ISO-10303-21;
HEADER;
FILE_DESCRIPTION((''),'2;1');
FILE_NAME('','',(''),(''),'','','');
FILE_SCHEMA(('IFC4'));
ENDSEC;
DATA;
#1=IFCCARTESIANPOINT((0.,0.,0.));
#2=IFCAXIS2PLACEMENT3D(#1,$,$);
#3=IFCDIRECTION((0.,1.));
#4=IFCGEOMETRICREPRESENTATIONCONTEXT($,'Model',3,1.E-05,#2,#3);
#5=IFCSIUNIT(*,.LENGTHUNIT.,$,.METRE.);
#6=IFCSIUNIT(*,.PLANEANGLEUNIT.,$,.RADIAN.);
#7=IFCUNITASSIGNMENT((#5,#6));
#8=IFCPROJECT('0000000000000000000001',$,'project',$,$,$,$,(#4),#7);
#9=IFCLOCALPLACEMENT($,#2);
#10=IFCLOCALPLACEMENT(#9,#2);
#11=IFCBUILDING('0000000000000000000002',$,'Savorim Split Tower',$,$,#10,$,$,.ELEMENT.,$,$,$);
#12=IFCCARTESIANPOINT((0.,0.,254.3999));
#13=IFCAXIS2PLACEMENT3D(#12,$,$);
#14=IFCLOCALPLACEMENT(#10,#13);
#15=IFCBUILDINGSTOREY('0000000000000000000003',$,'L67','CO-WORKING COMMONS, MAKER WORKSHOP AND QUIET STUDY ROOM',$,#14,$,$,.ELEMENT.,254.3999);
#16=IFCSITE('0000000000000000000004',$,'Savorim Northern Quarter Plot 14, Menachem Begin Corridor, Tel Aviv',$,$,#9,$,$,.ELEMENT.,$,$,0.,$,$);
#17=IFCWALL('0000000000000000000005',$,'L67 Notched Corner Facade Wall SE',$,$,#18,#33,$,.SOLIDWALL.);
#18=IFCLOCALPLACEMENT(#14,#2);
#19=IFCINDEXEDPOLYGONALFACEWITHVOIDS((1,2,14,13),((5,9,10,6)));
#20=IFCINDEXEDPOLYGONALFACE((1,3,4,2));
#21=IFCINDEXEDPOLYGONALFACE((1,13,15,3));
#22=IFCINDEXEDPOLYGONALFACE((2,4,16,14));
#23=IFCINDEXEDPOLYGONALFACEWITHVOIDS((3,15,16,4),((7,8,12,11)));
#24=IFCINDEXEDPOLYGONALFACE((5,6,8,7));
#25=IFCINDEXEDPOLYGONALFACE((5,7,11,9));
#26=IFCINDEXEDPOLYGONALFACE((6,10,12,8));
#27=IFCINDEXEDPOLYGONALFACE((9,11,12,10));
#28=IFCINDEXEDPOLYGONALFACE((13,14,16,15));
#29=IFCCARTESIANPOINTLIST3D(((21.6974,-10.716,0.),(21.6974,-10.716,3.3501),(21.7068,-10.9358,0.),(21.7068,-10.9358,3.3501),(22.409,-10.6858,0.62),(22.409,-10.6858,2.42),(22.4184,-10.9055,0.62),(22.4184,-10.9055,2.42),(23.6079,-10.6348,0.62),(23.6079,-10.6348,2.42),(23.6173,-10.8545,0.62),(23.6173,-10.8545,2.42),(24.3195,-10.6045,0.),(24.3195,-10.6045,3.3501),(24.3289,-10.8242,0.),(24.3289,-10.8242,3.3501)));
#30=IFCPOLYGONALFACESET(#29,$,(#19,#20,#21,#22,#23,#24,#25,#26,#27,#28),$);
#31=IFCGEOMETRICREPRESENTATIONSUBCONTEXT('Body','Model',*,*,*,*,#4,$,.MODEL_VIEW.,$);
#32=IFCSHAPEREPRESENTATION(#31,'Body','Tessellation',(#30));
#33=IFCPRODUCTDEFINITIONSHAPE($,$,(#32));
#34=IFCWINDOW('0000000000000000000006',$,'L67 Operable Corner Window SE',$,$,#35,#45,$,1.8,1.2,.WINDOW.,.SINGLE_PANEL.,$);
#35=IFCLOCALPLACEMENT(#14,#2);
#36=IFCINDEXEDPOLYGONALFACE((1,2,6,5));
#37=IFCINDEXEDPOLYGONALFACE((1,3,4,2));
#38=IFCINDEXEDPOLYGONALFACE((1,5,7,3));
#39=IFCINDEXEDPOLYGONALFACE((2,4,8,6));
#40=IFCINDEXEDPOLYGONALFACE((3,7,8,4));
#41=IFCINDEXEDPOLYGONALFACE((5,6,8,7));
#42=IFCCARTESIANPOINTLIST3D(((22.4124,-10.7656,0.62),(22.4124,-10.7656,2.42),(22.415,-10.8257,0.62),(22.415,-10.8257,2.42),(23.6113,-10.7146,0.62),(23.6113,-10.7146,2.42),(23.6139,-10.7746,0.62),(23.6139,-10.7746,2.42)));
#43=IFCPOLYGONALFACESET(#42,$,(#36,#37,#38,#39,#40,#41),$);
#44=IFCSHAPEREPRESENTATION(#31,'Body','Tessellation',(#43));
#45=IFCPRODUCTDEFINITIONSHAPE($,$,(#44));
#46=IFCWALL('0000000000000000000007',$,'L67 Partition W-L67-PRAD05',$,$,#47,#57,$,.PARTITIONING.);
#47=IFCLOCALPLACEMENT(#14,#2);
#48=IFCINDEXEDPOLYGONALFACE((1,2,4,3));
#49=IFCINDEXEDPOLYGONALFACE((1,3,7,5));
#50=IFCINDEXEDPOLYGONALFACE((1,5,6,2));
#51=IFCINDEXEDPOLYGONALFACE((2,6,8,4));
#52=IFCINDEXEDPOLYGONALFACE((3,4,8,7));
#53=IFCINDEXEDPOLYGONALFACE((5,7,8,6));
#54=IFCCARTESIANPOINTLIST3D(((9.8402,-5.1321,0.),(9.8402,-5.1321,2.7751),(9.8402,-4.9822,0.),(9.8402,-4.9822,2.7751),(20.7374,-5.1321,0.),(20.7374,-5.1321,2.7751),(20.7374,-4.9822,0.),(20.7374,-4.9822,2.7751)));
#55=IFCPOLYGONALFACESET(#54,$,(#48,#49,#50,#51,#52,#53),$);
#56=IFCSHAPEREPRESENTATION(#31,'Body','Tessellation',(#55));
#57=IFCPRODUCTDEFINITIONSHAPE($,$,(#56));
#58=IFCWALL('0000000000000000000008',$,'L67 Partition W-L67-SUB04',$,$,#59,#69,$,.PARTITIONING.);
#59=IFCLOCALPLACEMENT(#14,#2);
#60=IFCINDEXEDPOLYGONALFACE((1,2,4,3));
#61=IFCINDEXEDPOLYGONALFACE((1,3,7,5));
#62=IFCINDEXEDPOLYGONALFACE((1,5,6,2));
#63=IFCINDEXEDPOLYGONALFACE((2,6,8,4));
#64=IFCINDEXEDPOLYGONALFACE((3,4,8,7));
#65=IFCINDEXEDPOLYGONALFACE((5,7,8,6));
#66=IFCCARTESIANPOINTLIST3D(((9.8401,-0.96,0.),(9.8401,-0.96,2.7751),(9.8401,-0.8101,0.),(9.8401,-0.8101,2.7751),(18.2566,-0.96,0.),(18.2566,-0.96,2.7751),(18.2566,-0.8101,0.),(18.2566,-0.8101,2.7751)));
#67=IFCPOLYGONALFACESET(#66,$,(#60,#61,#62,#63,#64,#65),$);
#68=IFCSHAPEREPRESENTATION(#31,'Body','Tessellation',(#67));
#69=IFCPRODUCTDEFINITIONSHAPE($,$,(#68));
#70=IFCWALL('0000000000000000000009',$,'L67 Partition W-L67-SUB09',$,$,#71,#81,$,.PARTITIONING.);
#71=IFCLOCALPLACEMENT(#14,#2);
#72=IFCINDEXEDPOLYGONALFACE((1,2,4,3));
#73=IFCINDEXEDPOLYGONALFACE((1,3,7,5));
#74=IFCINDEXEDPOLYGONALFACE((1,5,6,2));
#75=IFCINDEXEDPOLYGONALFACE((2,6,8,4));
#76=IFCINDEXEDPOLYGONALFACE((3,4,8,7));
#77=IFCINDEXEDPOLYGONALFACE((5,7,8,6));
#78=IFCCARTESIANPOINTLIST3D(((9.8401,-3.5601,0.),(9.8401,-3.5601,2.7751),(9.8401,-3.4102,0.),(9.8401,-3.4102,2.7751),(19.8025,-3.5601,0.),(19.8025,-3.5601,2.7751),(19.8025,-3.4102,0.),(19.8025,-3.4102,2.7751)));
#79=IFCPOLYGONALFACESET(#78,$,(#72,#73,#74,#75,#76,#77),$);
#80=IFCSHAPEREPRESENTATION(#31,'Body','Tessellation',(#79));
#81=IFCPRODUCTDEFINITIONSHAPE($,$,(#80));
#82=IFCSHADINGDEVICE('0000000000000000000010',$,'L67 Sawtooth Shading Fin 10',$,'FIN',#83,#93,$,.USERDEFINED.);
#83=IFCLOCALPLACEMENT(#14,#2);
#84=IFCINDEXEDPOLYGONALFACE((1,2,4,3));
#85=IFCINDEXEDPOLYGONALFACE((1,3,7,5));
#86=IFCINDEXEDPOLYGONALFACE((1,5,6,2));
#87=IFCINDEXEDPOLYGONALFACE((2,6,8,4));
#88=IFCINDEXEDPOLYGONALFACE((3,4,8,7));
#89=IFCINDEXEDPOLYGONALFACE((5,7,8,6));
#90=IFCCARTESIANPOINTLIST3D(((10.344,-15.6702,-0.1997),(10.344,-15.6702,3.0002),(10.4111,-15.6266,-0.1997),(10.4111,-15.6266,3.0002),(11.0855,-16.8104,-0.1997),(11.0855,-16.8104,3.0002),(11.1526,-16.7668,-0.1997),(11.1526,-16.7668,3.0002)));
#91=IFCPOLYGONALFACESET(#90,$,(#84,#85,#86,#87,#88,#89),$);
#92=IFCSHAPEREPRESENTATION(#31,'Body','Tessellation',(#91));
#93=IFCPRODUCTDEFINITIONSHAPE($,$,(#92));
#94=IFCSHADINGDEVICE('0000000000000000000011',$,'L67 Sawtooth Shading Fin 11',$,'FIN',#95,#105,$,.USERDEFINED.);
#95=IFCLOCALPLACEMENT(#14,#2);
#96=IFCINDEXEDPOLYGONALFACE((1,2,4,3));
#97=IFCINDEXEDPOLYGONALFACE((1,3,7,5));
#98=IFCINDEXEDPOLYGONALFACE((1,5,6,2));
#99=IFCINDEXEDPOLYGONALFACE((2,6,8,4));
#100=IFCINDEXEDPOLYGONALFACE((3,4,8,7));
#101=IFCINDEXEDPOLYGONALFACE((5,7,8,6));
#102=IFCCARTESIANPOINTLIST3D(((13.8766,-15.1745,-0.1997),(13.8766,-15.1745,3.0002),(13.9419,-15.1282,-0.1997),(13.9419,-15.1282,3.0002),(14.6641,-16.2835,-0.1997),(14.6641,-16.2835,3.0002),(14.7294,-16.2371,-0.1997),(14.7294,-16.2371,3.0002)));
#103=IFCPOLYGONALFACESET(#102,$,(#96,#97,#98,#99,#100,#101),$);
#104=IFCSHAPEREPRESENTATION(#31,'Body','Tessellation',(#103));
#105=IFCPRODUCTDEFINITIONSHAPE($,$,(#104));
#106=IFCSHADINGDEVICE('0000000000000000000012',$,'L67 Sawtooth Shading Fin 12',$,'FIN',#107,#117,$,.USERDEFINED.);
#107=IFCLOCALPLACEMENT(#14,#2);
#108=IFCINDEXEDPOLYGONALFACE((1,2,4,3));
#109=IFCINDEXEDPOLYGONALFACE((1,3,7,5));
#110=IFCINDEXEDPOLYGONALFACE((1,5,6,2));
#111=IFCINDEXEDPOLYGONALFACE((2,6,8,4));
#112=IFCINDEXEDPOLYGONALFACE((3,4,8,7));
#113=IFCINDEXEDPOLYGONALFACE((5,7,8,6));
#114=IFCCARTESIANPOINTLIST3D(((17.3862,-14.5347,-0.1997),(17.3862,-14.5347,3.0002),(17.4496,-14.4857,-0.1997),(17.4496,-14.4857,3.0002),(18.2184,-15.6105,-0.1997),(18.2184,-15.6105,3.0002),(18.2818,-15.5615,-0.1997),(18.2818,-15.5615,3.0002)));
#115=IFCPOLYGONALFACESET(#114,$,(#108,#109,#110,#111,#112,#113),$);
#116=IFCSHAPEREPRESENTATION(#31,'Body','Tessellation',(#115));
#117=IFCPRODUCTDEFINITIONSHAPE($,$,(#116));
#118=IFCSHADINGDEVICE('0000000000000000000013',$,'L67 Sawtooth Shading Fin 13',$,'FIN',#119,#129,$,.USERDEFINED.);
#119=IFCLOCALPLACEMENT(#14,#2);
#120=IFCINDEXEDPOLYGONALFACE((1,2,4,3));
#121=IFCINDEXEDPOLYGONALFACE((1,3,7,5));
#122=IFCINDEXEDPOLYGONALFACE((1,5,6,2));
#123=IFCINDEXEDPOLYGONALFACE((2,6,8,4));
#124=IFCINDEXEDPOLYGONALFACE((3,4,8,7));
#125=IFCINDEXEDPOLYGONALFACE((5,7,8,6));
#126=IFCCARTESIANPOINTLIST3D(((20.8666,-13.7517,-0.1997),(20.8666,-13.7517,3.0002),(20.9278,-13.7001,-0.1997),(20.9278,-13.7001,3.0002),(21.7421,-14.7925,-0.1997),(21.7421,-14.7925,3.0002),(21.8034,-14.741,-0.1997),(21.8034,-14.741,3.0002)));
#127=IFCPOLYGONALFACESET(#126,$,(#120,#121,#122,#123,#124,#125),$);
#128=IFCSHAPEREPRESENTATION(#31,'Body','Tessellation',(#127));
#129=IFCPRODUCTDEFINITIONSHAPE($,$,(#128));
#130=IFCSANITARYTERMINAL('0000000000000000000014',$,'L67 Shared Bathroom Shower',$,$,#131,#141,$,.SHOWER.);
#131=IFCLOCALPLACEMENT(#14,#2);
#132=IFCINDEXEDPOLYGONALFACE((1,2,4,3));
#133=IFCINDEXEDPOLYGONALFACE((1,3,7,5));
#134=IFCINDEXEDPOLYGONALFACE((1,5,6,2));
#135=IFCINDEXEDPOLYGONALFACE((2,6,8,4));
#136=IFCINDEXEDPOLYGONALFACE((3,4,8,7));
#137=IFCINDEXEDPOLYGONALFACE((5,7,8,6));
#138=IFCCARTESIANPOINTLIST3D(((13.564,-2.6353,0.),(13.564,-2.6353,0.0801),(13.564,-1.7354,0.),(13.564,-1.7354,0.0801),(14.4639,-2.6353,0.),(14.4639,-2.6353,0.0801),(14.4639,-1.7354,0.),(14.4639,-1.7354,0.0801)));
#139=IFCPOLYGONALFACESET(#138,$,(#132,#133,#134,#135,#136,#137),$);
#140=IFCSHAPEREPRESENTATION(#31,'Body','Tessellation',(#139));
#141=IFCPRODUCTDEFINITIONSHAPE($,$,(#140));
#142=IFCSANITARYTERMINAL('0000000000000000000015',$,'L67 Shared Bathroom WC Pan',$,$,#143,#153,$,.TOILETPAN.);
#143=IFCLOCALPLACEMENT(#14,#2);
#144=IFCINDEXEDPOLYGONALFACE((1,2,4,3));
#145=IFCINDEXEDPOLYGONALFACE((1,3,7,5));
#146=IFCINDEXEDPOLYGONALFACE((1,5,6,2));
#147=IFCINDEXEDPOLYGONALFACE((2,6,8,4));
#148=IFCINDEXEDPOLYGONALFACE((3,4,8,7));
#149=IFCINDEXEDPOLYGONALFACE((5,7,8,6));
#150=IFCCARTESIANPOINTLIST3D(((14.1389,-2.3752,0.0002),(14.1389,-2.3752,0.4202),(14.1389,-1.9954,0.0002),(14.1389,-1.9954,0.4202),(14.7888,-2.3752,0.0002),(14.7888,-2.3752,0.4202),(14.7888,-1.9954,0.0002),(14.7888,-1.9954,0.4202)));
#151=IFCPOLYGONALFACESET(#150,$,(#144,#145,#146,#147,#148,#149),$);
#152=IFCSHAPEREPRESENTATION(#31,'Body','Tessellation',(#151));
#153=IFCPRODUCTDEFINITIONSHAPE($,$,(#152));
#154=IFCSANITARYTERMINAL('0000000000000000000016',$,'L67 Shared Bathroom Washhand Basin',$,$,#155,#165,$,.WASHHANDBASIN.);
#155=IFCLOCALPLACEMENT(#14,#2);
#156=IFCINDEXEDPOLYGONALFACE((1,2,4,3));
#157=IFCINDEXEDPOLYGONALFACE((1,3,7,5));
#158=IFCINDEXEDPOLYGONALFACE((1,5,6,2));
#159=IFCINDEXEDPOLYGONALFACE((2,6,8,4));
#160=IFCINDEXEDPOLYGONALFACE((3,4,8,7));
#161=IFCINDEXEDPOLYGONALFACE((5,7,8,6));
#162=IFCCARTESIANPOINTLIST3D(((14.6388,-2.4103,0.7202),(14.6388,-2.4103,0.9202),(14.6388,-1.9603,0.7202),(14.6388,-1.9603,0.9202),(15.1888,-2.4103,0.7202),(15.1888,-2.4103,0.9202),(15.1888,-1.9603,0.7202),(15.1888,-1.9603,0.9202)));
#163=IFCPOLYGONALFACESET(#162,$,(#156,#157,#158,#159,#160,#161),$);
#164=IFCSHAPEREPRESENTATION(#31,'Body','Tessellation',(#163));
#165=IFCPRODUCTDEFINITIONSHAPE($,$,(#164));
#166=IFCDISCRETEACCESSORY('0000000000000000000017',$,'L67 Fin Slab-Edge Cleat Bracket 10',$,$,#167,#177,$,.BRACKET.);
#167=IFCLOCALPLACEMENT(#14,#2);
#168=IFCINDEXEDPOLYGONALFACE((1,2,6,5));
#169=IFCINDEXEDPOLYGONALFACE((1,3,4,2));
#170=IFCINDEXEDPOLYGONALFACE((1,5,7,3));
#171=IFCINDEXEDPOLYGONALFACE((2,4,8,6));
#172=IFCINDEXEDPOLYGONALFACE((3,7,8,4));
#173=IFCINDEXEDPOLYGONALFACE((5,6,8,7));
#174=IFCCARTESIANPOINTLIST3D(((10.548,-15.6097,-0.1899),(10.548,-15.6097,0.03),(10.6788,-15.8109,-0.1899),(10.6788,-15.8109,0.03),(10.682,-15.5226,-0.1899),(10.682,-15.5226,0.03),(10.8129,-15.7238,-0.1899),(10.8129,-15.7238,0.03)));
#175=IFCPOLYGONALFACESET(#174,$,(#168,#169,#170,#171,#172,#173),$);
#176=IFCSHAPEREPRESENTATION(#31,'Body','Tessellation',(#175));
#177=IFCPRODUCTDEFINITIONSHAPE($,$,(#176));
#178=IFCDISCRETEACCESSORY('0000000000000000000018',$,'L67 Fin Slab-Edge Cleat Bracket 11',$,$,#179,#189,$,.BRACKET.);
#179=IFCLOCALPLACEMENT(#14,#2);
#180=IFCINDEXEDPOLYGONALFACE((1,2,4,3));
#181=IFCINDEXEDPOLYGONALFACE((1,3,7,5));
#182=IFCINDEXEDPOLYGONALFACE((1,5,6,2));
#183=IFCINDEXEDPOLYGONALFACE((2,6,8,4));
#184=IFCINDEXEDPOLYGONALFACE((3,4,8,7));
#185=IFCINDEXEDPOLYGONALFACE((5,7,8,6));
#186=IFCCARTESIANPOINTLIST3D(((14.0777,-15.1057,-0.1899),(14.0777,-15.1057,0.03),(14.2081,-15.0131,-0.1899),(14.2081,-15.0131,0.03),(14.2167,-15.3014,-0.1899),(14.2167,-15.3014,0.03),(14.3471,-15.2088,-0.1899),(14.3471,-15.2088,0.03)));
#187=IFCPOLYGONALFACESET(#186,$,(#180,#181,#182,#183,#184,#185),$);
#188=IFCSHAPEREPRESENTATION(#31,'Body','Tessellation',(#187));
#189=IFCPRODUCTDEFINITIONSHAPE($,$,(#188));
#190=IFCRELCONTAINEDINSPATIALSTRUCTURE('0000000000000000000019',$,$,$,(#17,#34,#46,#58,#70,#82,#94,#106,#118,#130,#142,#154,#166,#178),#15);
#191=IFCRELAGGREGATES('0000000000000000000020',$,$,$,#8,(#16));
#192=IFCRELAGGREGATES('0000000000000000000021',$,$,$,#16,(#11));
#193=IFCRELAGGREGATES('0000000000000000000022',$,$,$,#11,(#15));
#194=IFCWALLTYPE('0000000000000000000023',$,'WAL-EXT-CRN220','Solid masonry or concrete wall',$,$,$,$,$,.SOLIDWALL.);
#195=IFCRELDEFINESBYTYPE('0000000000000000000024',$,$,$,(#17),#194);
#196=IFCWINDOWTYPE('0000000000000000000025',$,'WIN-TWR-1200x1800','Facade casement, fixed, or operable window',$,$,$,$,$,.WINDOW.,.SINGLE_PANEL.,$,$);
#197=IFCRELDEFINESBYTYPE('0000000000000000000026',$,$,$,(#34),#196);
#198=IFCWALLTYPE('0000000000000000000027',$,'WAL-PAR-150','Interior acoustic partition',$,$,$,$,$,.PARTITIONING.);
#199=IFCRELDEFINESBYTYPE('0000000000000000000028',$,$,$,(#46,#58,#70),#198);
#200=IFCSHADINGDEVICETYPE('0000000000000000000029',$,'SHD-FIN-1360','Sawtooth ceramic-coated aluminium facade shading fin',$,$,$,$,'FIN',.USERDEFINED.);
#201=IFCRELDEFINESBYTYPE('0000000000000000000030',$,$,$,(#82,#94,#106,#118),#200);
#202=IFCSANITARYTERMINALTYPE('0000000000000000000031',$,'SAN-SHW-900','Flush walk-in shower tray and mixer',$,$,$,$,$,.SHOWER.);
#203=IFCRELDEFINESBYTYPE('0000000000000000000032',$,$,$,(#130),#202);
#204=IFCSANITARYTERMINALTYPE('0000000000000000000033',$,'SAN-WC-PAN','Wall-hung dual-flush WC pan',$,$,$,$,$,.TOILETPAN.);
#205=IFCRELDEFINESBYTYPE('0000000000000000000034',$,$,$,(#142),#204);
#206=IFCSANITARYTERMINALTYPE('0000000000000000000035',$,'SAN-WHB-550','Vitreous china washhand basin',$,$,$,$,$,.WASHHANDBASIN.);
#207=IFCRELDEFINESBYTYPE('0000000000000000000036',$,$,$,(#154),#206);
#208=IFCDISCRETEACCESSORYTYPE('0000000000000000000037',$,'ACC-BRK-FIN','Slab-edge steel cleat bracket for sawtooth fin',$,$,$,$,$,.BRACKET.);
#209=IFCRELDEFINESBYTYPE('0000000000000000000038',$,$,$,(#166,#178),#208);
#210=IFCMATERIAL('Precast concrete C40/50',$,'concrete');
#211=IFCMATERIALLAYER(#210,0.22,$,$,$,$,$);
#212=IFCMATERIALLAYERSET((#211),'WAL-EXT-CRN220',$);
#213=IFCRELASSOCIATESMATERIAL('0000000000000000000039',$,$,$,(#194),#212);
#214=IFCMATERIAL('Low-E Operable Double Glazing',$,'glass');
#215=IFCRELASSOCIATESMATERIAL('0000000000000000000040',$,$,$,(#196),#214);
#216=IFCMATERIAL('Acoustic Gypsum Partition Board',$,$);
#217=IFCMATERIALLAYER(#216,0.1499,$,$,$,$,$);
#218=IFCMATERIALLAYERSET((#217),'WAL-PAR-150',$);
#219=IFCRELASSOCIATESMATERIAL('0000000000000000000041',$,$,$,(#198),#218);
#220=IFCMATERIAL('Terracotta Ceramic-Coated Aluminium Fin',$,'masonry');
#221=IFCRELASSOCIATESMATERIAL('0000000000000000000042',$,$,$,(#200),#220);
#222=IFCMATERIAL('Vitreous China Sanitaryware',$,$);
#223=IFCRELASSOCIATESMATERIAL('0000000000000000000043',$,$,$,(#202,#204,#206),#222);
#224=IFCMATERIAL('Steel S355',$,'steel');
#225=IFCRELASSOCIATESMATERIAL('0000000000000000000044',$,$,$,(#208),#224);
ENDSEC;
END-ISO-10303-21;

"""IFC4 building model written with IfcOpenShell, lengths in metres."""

from ifc_helpers import new_model, si_unit, direction, frame, frame_2d, origin, origin_2d, place, context, subcontext, project, spatial, rectangle, extrude, material, layer, layer_set, type_object, element, fill, save


model = new_model("IFC4")

# Units and contexts
model_context = context("Model", 3, precision=1e-05, world=origin(), true_north=direction((0.0, 1.0)))
body_context = subcontext(model_context, "Body", "Model", "MODEL_VIEW")
ifc_project = project(units=[si_unit("LENGTHUNIT", "METRE"), si_unit("PLANEANGLEUNIT", "RADIAN")], contexts=[model_context])

# Site, building, storey
site_placement = place(None, origin())
site = spatial("IfcSite", under=ifc_project, at=site_placement, Name="Savorim Northern Quarter Plot 14, Menachem Begin Corridor, Tel Aviv", CompositionType="ELEMENT", RefElevation=0.0)
building_placement = place(site_placement, origin())
building = spatial("IfcBuilding", under=site, at=building_placement, Name="Savorim Split Tower", CompositionType="ELEMENT")
storey_placement = place(building_placement, frame((0.0, 0.0, 254.3999)))
storey = spatial("IfcBuildingStorey", under=building, at=storey_placement, Name="L67", Description="CO-WORKING COMMONS, MAKER WORKSHOP AND QUIET STUDY ROOM", CompositionType="ELEMENT", Elevation=254.3999)

# Shared definitions
ifc_material_1 = material(Name="Steel S355", Category="steel")

# Shared definitions
ifc_material_2 = material(Name="Precast concrete C40/50", Category="concrete")
ifc_layer_1 = layer(ifc_material_2, 0.22)
ifc_layer_set_1 = layer_set([ifc_layer_1], Name="WAL-EXT-CRN220")
wall_type_1 = type_object("IfcWallType", Name="WAL-EXT-CRN220", Description="Solid masonry or concrete wall", PredefinedType="SOLIDWALL", material=ifc_layer_set_1)

# Wall, opening, window
wall_1_placement = place(storey_placement, frame((24.3242, -10.7144, 0.0), z_axis=(0.0, 0.0, 1.0), x_axis=(-0.999096, -0.042513, 0.0)))
wall_1 = element("IfcWall", 1, at=wall_1_placement, inside=storey, type_object=wall_type_1, Name="L67 Notched Corner Facade Wall SE", PredefinedType="SOLIDWALL", context=body_context, shape_type="SweptSolid", body=[
    extrude(rectangle(XDim=2.6245, YDim=0.22, at=frame_2d((1.3123, 0.0))), origin(), (0.0, 0.0, 1.0), 3.3501),
])
opening_placement = place(wall_1_placement, frame((0.7122, 0.0, 0.6201)))
opening = element("IfcOpeningElement", 2, at=opening_placement, cuts=wall_1, PredefinedType="OPENING", context=body_context, shape_type="SweptSolid", body=[
    extrude(rectangle(XDim=1.2, YDim=1.8, at=frame_2d((0.6001, 0.8999))), frame((0.0, 0.1199, 0.0), z_axis=(0.0, -1.0, 0.0), x_axis=(1.0, 0.0, 0.0)), (0.0, 0.0, 1.0), 0.24),
])
ifc_material_3 = material(Name="Low-E Operable Double Glazing", Category="glass")
window_type = type_object("IfcWindowType", Name="WIN-TWR-1200x1800", Description="Facade casement, fixed, or operable window", PartitioningType="SINGLE_PANEL", PredefinedType="WINDOW", material=ifc_material_3)
window_placement = place(opening_placement, origin())
window = element("IfcWindow", 3, at=window_placement, inside=storey, type_object=window_type, Name="L67 Operable Corner Window SE", OverallHeight=1.8, OverallWidth=1.2, PartitioningType="SINGLE_PANEL", PredefinedType="WINDOW", context=body_context, shape_type="SweptSolid", body=[
    extrude(rectangle(XDim=1.2, YDim=1.8, at=frame_2d((0.6001, 0.8999))), frame((0.0, 0.03, 0.0), z_axis=(0.0, -1.0, 0.0), x_axis=(1.0, 0.0, 0.0)), (0.0, 0.0, 1.0), 0.0601),
])
fill(opening, window)

# Walls
ifc_material_4 = material(Name="Acoustic Gypsum Partition Board")
ifc_layer_2 = layer(ifc_material_4, 0.1499)
ifc_layer_set_2 = layer_set([ifc_layer_2], Name="WAL-PAR-150")
wall_type_2 = type_object("IfcWallType", Name="WAL-PAR-150", Description="Interior acoustic partition", PredefinedType="PARTITIONING", material=ifc_layer_set_2)
wall_2_placement = place(storey_placement, frame((9.8401, -5.0571, 0.0), z_axis=(0.0, 0.0, 1.0), x_axis=(1.0, 0.0, 0.0)))
element("IfcWall", 4, at=wall_2_placement, inside=storey, type_object=wall_type_2, Name="L67 Partition W-L67-PRAD05", PredefinedType="PARTITIONING", context=body_context, shape_type="SweptSolid", body=[
    extrude(rectangle(XDim=10.8972, YDim=0.1499, at=frame_2d((5.4487, 0.0))), origin(), (0.0, 0.0, 1.0), 2.7751),
])
wall_3_placement = place(storey_placement, frame((9.8401, -0.885, 0.0), z_axis=(0.0, 0.0, 1.0), x_axis=(1.0, 0.0, 0.0)))
element("IfcWall", 5, at=wall_3_placement, inside=storey, type_object=wall_type_2, Name="L67 Partition W-L67-SUB04", PredefinedType="PARTITIONING", context=body_context, shape_type="SweptSolid", body=[
    extrude(rectangle(XDim=8.4165, YDim=0.1499, at=frame_2d((4.2083, 0.0))), origin(), (0.0, 0.0, 1.0), 2.7751),
])
wall_4_placement = place(storey_placement, frame((9.8401, -3.4851, 0.0), z_axis=(0.0, 0.0, 1.0), x_axis=(1.0, 0.0, 0.0)))
element("IfcWall", 6, at=wall_4_placement, inside=storey, type_object=wall_type_2, Name="L67 Partition W-L67-SUB09", PredefinedType="PARTITIONING", context=body_context, shape_type="SweptSolid", body=[
    extrude(rectangle(XDim=9.9624, YDim=0.1499, at=frame_2d((4.9812, 0.0))), origin(), (0.0, 0.0, 1.0), 2.7751),
])

# Shading devices
ifc_material_5 = material(Name="Terracotta Ceramic-Coated Aluminium Fin", Category="masonry")
shading_device_type = type_object("IfcShadingDeviceType", Name="SHD-FIN-1360", Description="Sawtooth ceramic-coated aluminium facade shading fin", ElementType="FIN", PredefinedType="USERDEFINED", material=ifc_material_5)
for number, where, z_axis, x_axis, name in (
    (7, (10.7483, -16.2185, -0.1997), (0.0, 0.0, 1.0), (0.545148, -0.83834, 0.0), "L67 Sawtooth Shading Fin 10"),
    (8, (14.303, -15.7058, -0.1997), (0.0, 0.0, 1.0), (0.578994, -0.815332, 0.0), "L67 Sawtooth Shading Fin 11"),
    (9, (17.834, -15.0481, -0.1997), (0.0, 0.0, 1.0), (0.611868, -0.79096, 0.0), "L67 Sawtooth Shading Fin 12"),
    (10, (21.335, -14.2463, -0.1997), (0.0, 0.0, 1.0), (0.643719, -0.765262, 0.0), "L67 Sawtooth Shading Fin 13"),
):
    element("IfcShadingDevice", number, at=place(storey_placement, frame(where, z_axis=z_axis, x_axis=x_axis)), inside=storey, type_object=shading_device_type, Name=name, ObjectType="FIN", PredefinedType="USERDEFINED", context=body_context, shape_type="SweptSolid", body=[
        extrude(rectangle(XDim=1.3601, YDim=0.0801, at=origin_2d()), origin(), (0.0, 0.0, 1.0), 3.2),
    ])

# Sanitary terminals
ifc_material_6 = material(Name="Vitreous China Sanitaryware")
sanitary_terminal_type_1 = type_object("IfcSanitaryTerminalType", Name="SAN-SHW-900", Description="Flush walk-in shower tray and mixer", PredefinedType="SHOWER", material=ifc_material_6)
sanitary_terminal_1_placement = place(storey_placement, frame((14.0139, -2.1853, 0.0), z_axis=(0.0, 0.0, 1.0), x_axis=(1.0, 0.0, 0.0)))
element("IfcSanitaryTerminal", 11, at=sanitary_terminal_1_placement, inside=storey, type_object=sanitary_terminal_type_1, Name="L67 Shared Bathroom Shower", PredefinedType="SHOWER", context=body_context, shape_type="SweptSolid", body=[
    extrude(rectangle(XDim=0.8999, YDim=0.8999, at=origin_2d()), origin(), (0.0, 0.0, 1.0), 0.0801),
])
sanitary_terminal_type_2 = type_object("IfcSanitaryTerminalType", Name="SAN-WC-PAN", Description="Wall-hung dual-flush WC pan", PredefinedType="TOILETPAN", material=ifc_material_6)
sanitary_terminal_2_placement = place(storey_placement, frame((14.4639, -2.1853, 0.0002), z_axis=(0.0, 0.0, 1.0), x_axis=(1.0, 0.0, 0.0)))
element("IfcSanitaryTerminal", 12, at=sanitary_terminal_2_placement, inside=storey, type_object=sanitary_terminal_type_2, Name="L67 Shared Bathroom WC Pan", PredefinedType="TOILETPAN", context=body_context, shape_type="SweptSolid", body=[
    extrude(rectangle(XDim=0.6499, YDim=0.3799, at=origin_2d()), origin(), (0.0, 0.0, 1.0), 0.4199),
])
sanitary_terminal_type_3 = type_object("IfcSanitaryTerminalType", Name="SAN-WHB-550", Description="Vitreous china washhand basin", PredefinedType="WASHHANDBASIN", material=ifc_material_6)
sanitary_terminal_3_placement = place(storey_placement, frame((14.9138, -2.1853, 0.7202), z_axis=(0.0, 0.0, 1.0), x_axis=(1.0, 0.0, 0.0)))
element("IfcSanitaryTerminal", 13, at=sanitary_terminal_3_placement, inside=storey, type_object=sanitary_terminal_type_3, Name="L67 Shared Bathroom Washhand Basin", PredefinedType="WASHHANDBASIN", context=body_context, shape_type="SweptSolid", body=[
    extrude(rectangle(XDim=0.55, YDim=0.45, at=origin_2d()), origin(), (0.0, 0.0, 1.0), 0.2),
])

# Discrete accessories
discrete_accessory_type = type_object("IfcDiscreteAccessoryType", Name="ACC-BRK-FIN", Description="Slab-edge steel cleat bracket for sawtooth fin", PredefinedType="BRACKET", material=ifc_material_1)
for number, where, z_axis, x_axis, name in (
    (14, (10.6804, -15.6667, -0.1899), (0.0, 0.0, 1.0), (0.545148, -0.83834, 0.0), "L67 Fin Slab-Edge Cleat Bracket 10"),
    (15, (14.2124, -15.1572, -0.1899), (0.0, 0.0, 1.0), (0.578994, -0.815332, 0.0), "L67 Fin Slab-Edge Cleat Bracket 11"),
):
    element("IfcDiscreteAccessory", number, at=place(storey_placement, frame(where, z_axis=z_axis, x_axis=x_axis)), inside=storey, type_object=discrete_accessory_type, Name=name, PredefinedType="BRACKET", context=body_context, shape_type="SweptSolid", body=[
        extrude(rectangle(XDim=0.24, YDim=0.1599, at=origin_2d()), origin(), (0.0, 0.0, 1.0), 0.22),
    ])

save(model, "model.ifc")
